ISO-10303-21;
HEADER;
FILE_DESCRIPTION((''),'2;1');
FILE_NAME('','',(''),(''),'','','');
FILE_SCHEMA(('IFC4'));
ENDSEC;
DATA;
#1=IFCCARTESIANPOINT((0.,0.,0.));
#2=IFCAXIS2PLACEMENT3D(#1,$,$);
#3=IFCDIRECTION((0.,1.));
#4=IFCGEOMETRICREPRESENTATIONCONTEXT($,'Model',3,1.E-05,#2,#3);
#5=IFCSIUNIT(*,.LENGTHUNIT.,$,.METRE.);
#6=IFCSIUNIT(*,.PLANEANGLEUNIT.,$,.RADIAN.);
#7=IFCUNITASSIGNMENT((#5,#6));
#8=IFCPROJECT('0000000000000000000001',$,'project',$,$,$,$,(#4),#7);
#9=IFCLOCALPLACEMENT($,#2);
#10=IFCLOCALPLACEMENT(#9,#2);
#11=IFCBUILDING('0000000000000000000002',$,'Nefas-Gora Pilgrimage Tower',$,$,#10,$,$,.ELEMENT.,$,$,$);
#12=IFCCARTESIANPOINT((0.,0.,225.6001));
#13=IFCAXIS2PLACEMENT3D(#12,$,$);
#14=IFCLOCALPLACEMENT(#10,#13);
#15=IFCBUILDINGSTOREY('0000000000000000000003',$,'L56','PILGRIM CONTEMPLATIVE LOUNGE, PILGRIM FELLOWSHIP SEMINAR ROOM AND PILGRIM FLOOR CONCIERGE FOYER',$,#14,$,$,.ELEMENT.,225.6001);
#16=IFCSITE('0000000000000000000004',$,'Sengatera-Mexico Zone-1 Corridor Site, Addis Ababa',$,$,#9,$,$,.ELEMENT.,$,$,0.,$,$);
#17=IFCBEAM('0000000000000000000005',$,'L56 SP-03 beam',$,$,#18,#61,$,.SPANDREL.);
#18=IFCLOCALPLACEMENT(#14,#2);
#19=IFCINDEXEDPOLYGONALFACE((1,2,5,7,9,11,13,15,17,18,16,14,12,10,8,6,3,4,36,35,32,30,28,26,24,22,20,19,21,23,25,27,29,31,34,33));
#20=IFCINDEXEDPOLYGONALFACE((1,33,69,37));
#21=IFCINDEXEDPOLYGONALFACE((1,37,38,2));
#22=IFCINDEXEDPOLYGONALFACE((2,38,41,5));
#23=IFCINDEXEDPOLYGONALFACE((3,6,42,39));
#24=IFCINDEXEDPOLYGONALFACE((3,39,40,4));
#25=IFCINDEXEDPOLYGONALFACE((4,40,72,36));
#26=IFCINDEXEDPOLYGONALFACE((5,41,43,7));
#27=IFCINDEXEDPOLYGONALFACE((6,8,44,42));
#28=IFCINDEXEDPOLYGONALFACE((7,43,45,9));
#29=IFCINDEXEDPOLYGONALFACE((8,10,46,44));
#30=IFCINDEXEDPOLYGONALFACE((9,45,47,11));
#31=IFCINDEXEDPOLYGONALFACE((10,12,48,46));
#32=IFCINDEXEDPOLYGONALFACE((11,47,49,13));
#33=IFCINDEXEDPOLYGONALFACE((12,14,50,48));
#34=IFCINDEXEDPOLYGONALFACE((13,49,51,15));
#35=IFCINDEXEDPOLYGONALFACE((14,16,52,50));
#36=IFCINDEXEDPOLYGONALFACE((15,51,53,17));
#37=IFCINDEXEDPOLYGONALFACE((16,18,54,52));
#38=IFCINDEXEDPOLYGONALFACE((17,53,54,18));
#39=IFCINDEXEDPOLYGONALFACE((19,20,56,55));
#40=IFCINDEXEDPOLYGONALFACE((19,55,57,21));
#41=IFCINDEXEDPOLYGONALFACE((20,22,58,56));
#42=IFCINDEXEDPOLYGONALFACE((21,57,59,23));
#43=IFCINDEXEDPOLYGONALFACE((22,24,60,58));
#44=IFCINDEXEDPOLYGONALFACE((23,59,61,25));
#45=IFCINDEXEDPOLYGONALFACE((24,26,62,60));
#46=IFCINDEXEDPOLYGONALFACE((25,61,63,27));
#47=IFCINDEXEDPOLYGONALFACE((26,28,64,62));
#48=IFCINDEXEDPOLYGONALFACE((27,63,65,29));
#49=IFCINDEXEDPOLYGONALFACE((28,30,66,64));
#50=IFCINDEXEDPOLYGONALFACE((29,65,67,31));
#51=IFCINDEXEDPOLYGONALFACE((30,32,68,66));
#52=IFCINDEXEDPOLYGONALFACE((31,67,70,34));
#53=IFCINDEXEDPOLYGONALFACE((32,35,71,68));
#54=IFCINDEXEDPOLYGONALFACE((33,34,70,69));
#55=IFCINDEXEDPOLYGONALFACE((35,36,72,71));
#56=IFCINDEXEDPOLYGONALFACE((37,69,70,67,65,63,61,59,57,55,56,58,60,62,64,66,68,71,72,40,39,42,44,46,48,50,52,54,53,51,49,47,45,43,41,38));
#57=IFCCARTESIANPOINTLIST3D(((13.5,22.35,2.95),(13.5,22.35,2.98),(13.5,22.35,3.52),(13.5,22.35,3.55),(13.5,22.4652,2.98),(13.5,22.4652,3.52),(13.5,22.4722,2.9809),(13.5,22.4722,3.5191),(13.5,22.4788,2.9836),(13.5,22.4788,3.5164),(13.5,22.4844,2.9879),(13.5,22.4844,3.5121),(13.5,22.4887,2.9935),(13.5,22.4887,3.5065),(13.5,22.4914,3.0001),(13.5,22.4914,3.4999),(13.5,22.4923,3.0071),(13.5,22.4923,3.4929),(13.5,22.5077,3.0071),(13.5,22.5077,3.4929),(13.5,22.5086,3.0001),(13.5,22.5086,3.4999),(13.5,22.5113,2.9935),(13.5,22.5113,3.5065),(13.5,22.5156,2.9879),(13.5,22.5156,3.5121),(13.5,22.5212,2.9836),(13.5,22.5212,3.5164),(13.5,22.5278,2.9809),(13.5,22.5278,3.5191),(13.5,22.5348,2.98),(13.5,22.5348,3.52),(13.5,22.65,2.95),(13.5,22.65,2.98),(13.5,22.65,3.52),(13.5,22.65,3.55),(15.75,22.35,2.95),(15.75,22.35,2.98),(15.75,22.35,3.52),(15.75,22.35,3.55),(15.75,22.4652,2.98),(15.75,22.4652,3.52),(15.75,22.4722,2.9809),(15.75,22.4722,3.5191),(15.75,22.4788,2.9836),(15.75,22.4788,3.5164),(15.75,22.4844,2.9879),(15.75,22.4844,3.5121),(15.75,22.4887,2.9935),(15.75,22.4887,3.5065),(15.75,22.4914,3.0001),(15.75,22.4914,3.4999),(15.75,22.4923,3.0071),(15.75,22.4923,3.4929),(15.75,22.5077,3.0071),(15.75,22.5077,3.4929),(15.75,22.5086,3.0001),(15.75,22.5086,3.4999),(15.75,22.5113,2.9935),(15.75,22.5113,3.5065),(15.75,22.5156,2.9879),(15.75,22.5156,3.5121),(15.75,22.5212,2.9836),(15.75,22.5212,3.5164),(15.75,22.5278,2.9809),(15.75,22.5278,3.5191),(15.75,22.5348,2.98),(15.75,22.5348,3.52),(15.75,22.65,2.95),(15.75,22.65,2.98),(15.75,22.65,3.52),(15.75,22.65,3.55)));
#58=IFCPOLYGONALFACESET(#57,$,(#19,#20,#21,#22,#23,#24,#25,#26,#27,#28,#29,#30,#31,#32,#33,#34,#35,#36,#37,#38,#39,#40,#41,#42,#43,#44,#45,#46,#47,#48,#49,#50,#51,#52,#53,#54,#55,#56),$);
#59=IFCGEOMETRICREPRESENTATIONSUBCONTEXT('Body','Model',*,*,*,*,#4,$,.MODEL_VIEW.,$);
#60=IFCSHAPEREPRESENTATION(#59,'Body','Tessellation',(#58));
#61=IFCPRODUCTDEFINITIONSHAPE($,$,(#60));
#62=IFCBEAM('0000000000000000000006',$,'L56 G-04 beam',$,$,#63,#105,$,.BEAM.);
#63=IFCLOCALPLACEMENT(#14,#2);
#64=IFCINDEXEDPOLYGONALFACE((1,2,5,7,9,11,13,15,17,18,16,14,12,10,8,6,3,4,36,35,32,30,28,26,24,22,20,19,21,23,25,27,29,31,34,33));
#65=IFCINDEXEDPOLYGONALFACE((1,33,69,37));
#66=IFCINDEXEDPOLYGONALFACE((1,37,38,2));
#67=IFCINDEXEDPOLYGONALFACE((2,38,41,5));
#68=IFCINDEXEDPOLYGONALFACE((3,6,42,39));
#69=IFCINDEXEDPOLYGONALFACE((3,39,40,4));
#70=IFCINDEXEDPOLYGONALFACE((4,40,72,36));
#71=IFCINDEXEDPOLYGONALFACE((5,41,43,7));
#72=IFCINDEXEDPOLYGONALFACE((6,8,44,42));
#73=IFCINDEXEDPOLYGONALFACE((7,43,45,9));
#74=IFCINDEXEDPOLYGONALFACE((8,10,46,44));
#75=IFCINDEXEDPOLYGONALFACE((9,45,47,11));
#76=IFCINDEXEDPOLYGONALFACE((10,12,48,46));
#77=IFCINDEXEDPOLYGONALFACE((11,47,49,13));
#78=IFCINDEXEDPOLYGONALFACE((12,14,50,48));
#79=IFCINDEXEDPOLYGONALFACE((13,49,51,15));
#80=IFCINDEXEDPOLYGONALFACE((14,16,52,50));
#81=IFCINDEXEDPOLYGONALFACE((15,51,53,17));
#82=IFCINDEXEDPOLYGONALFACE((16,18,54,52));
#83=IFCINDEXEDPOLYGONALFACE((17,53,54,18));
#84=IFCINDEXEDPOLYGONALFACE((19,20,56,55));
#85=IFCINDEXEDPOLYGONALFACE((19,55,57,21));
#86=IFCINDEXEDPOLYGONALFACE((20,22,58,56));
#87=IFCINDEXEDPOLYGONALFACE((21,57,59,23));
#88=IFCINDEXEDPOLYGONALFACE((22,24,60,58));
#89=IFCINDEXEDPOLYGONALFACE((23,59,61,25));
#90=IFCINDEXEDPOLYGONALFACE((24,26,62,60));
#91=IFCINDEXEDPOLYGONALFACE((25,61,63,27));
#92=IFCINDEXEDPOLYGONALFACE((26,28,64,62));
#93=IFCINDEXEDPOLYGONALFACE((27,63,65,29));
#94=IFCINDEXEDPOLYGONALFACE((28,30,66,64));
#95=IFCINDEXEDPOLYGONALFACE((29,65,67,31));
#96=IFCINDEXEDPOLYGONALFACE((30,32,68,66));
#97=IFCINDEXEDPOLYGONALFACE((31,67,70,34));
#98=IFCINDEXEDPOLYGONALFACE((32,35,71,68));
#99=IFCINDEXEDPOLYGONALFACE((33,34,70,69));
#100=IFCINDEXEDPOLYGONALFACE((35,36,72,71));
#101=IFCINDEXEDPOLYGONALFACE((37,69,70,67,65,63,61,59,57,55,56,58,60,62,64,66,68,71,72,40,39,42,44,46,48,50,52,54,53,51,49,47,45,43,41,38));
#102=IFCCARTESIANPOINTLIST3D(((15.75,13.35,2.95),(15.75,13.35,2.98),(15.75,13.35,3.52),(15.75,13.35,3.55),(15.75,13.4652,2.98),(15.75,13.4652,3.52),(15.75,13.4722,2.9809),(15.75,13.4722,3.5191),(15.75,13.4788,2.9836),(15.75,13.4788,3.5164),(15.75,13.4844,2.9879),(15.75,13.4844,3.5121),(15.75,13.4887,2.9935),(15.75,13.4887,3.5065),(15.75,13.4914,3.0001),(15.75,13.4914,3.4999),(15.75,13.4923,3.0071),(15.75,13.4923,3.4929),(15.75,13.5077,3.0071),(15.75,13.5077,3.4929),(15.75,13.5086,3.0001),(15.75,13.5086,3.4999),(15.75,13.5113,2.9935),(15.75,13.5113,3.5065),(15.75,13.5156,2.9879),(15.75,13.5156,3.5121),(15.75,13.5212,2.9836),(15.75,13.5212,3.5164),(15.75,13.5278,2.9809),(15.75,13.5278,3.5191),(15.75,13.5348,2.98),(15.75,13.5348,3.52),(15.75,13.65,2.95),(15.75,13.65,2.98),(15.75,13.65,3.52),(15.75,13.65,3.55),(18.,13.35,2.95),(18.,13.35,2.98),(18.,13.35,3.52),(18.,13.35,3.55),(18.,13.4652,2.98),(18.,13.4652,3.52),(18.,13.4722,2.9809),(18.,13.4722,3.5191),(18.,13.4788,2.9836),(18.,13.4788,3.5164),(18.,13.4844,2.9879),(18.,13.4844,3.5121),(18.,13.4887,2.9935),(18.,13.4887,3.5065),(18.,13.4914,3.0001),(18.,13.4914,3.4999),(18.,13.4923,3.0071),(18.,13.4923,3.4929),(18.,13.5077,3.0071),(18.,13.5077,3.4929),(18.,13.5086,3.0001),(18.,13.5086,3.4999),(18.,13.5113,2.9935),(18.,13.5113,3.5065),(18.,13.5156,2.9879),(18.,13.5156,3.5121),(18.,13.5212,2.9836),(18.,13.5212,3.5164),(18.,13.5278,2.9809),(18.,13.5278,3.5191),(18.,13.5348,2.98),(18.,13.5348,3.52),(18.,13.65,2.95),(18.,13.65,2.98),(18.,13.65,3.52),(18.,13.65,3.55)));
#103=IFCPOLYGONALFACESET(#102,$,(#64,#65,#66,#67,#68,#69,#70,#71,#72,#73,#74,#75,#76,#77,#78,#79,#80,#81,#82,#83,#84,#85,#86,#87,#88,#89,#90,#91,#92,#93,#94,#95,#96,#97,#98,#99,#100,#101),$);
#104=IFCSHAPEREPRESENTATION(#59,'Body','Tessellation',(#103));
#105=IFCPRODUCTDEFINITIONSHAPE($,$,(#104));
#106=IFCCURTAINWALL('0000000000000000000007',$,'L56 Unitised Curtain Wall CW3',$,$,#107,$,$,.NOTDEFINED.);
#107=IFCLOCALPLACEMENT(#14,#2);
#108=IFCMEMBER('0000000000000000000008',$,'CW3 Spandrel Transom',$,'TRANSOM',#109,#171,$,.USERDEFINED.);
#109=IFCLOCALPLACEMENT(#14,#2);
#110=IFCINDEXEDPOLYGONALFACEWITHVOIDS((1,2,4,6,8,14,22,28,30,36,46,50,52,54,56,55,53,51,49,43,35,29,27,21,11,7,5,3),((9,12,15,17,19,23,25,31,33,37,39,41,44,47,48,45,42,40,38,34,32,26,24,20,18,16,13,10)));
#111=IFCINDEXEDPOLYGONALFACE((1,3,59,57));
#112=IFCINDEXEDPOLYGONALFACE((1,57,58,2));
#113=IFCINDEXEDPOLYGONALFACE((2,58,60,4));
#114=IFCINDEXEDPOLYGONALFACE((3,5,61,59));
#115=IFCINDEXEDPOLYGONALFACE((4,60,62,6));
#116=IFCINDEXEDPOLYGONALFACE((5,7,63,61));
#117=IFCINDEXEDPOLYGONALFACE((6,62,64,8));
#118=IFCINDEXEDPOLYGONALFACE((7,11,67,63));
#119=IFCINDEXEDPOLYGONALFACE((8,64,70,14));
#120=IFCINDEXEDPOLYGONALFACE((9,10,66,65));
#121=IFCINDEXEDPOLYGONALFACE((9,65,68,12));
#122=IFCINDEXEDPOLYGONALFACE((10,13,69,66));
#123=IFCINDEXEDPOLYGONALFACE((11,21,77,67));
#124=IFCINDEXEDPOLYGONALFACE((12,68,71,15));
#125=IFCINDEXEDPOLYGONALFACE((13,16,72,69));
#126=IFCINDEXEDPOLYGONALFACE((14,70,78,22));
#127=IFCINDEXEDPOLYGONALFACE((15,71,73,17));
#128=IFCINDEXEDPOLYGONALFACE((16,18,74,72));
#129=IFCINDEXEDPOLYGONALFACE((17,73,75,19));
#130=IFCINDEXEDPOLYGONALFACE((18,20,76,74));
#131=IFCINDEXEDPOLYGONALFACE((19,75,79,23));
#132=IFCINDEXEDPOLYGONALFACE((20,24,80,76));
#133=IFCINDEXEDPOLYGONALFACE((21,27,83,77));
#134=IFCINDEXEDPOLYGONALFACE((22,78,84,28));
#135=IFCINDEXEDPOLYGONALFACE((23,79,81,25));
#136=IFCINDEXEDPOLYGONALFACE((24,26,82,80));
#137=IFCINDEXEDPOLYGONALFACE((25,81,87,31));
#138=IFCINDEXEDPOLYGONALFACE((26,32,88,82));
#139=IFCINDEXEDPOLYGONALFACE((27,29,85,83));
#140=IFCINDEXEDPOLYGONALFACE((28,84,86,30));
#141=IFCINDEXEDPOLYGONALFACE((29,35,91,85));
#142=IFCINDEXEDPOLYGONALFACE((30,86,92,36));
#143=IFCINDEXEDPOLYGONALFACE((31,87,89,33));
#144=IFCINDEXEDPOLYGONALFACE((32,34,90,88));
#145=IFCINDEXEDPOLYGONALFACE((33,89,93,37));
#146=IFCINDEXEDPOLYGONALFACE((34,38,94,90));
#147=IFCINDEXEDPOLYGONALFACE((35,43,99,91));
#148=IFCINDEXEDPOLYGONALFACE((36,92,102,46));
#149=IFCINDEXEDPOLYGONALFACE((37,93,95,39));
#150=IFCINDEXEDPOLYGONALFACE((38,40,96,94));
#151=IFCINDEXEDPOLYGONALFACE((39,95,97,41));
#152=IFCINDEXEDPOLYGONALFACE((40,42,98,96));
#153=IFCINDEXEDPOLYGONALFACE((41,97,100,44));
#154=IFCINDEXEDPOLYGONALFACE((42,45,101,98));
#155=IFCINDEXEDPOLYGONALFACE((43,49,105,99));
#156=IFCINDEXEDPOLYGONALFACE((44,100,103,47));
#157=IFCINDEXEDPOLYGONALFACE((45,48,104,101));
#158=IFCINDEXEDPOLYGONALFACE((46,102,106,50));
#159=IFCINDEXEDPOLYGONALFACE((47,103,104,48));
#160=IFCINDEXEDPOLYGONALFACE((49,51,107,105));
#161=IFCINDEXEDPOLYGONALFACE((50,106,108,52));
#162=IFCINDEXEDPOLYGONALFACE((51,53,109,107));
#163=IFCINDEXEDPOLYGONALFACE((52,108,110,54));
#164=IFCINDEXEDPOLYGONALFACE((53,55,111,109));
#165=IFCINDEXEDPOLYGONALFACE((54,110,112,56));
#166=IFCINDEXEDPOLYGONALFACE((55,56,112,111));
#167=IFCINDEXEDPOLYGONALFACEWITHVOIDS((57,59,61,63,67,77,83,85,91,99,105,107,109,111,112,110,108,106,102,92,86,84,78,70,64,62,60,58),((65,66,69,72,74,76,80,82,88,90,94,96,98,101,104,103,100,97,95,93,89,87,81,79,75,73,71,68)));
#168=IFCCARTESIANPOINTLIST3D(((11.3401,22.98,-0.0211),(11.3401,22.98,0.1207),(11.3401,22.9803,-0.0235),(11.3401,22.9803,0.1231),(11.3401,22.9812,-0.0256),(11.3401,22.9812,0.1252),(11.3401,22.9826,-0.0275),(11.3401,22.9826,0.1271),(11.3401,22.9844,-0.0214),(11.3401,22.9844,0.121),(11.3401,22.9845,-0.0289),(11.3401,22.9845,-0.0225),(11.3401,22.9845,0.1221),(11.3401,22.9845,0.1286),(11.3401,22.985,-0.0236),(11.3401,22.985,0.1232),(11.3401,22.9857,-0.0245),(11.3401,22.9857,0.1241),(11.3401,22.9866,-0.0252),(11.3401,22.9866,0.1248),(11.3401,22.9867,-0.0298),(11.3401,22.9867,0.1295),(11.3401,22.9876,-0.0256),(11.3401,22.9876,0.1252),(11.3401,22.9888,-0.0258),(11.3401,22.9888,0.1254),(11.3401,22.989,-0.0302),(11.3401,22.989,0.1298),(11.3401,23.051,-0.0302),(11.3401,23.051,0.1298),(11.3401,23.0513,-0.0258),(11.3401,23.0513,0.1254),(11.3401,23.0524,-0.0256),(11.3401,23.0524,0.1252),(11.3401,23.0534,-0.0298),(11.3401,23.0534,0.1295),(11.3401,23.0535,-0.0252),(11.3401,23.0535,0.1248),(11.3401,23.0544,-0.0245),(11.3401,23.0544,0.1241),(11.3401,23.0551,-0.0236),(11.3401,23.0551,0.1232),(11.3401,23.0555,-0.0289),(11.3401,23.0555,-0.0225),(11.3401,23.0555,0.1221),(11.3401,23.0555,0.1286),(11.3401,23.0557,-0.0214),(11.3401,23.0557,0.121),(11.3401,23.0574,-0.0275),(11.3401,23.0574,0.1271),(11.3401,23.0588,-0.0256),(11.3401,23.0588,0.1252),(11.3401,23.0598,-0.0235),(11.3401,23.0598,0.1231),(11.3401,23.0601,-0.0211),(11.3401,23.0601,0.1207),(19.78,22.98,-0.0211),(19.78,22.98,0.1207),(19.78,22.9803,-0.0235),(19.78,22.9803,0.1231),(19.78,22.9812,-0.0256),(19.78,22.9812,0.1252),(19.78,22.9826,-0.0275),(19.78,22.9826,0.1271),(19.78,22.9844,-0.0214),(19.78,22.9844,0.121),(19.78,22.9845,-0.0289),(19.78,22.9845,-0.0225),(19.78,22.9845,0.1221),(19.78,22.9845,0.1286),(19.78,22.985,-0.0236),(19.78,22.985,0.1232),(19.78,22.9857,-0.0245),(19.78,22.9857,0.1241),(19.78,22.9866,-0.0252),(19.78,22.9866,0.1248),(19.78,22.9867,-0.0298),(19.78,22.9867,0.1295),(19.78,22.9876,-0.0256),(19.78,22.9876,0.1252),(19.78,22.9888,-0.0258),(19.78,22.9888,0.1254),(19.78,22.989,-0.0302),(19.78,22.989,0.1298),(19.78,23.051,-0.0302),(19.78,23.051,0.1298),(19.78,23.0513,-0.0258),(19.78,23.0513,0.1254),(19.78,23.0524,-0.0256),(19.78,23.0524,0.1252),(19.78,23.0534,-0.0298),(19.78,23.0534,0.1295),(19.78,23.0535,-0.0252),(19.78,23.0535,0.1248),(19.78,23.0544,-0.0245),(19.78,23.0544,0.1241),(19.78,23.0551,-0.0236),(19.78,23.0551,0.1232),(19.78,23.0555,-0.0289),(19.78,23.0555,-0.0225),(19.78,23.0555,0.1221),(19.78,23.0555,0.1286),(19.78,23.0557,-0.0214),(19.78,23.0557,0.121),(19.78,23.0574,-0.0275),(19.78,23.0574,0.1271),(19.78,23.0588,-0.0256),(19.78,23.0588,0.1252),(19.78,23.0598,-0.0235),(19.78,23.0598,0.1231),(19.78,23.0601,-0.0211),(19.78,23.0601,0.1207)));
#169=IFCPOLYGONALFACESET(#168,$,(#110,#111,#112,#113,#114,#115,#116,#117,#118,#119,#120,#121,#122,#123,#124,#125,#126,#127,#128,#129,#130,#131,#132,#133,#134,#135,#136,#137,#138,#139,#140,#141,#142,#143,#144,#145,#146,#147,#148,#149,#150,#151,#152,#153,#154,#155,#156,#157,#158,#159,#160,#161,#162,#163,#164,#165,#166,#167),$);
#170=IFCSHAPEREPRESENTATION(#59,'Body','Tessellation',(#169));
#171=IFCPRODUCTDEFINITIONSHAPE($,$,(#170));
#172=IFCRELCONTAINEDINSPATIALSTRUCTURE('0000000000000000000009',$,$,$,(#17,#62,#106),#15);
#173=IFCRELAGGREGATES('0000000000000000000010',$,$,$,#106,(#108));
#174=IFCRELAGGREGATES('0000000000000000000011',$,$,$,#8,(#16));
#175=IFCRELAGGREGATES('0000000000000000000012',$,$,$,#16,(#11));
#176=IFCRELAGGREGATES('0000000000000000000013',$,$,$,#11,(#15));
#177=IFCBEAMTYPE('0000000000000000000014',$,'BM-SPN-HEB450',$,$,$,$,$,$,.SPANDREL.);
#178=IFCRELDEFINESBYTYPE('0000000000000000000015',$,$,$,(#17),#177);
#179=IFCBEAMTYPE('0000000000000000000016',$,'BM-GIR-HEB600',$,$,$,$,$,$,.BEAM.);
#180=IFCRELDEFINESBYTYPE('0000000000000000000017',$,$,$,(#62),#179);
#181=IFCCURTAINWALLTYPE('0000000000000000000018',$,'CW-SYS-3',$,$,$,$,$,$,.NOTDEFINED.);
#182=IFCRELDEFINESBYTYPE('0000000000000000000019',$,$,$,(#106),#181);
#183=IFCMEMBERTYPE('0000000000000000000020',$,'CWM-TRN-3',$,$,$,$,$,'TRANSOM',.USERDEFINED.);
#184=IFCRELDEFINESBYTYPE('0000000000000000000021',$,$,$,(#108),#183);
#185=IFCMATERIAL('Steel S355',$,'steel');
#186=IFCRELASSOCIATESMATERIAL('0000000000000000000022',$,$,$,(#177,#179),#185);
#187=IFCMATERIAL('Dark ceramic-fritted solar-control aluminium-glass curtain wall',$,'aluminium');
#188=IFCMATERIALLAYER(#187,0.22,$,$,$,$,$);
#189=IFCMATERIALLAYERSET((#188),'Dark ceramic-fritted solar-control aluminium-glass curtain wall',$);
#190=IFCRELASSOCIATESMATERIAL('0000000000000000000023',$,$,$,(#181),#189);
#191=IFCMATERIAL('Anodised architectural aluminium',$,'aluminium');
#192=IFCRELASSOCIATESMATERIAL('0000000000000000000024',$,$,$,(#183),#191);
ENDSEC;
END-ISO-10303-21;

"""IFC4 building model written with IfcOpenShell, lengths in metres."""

from ifc_helpers import new_model, si_unit, direction, frame, origin, origin_2d, place, context, subcontext, project, spatial, hollow_rectangle, i_section, extrude, source, transform, mapped, material, layer, layer_set, material_profile, profile_set, type_object, element, aggregate, save


model = new_model("IFC4")

# Units and contexts
model_context = context("Model", 3, precision=1e-05, world=origin(), true_north=direction((0.0, 1.0)))
body_context = subcontext(model_context, "Body", "Model", "MODEL_VIEW")
ifc_project = project(units=[si_unit("LENGTHUNIT", "METRE"), si_unit("PLANEANGLEUNIT", "RADIAN")], contexts=[model_context])

# Site, building, storey
site_placement = place(None, origin())
site = spatial("IfcSite", under=ifc_project, at=site_placement, Name="Sengatera-Mexico Zone-1 Corridor Site, Addis Ababa", CompositionType="ELEMENT", RefElevation=0.0)
building_placement = place(site_placement, origin())
building = spatial("IfcBuilding", under=site, at=building_placement, Name="Nefas-Gora Pilgrimage Tower", CompositionType="ELEMENT")
storey_placement = place(building_placement, frame((0.0, 0.0, 225.6001)))
storey = spatial("IfcBuildingStorey", under=building, at=storey_placement, Name="L56", Description="PILGRIM CONTEMPLATIVE LOUNGE, PILGRIM FELLOWSHIP SEMINAR ROOM AND PILGRIM FLOOR CONCIERGE FOYER", CompositionType="ELEMENT", Elevation=225.6001)

# Beams
ifc_material_1 = material(Name="Steel S355", Category="steel")
ifc_material_profile_1 = material_profile(ifc_material_1, i_section(OverallWidth=0.3, OverallDepth=0.6001, WebThickness=0.0154, FlangeThickness=0.03, FilletRadius=0.0271, at=origin_2d()), Name="HEB 600")
ifc_profile_set_1 = profile_set([ifc_material_profile_1], Name="Steel S355")
beam_type_1 = type_object("IfcBeamType", Name="BM-SPN-HEB450", PredefinedType="SPANDREL", material=ifc_profile_set_1)
ifc_material_profile_2 = material_profile(ifc_material_1, i_section(OverallWidth=0.3, OverallDepth=0.6001, WebThickness=0.0154, FlangeThickness=0.03, FilletRadius=0.0271, at=origin_2d()), Name="HEB 600")
ifc_profile_set_2 = profile_set([ifc_material_profile_2], Name="Steel S355")
beam_type_2 = type_object("IfcBeamType", Name="BM-GIR-HEB600", PredefinedType="BEAM", material=ifc_profile_set_2)
shared_shape_1 = source(origin(), body_context, "Body", "SweptSolid", [
    extrude(i_section(OverallWidth=0.3, OverallDepth=0.6001, WebThickness=0.0154, FlangeThickness=0.03, FilletRadius=0.0271, at=origin_2d()), origin(), (0.0, 0.0, 1.0), 2.25),
])
beam_1_placement = place(storey_placement, frame((13.5, 22.5, 3.25), z_axis=(1.0, 0.0, 0.0), x_axis=(0.0, 1.0, 0.0)))
element("IfcBeam", 1, at=beam_1_placement, inside=storey, type_object=beam_type_1, Name="L56 SP-03 beam", PredefinedType="SPANDREL", context=body_context, shape_type="MappedRepresentation", body=[
    mapped(shared_shape_1, transform((0.0, 0.0, 0.0), x_axis=(1.0, 0.0, 0.0), y_axis=(0.0, 1.0, 0.0), z_axis=(0.0, 0.0, 1.0), scale=1.0)),
])
shared_shape_2 = source(origin(), body_context, "Body", "SweptSolid", [
    extrude(i_section(OverallWidth=0.3, OverallDepth=0.6001, WebThickness=0.0154, FlangeThickness=0.03, FilletRadius=0.0271, at=origin_2d()), origin(), (0.0, 0.0, 1.0), 2.25),
])
beam_2_placement = place(storey_placement, frame((15.75, 13.5, 3.25), z_axis=(1.0, 0.0, 0.0), x_axis=(0.0, 1.0, 0.0)))
element("IfcBeam", 2, at=beam_2_placement, inside=storey, type_object=beam_type_2, Name="L56 G-04 beam", PredefinedType="BEAM", context=body_context, shape_type="MappedRepresentation", body=[
    mapped(shared_shape_2, transform((0.0, 0.0, 0.0), x_axis=(1.0, 0.0, 0.0), y_axis=(0.0, 1.0, 0.0), z_axis=(0.0, 0.0, 1.0), scale=1.0)),
])

# Curtain wall, member
ifc_material_2 = material(Name="Dark ceramic-fritted solar-control aluminium-glass curtain wall", Category="aluminium")
ifc_layer_1 = layer(ifc_material_2, 0.22)
ifc_layer_set_1 = layer_set([ifc_layer_1], Name="Dark ceramic-fritted solar-control aluminium-glass curtain wall")
curtain_wall_type = type_object("IfcCurtainWallType", Name="CW-SYS-3", PredefinedType="NOTDEFINED", material=ifc_layer_set_1)
curtain_wall_1_placement = place(storey_placement, origin())
curtain_wall_1 = element("IfcCurtainWall", 3, at=curtain_wall_1_placement, inside=storey, type_object=curtain_wall_type, Name="L56 Unitised Curtain Wall CW3", PredefinedType="NOTDEFINED")
ifc_material_3 = material(Name="Anodised architectural aluminium", Category="aluminium")
ifc_material_profile_3 = material_profile(ifc_material_3, hollow_rectangle(XDim=0.0801, YDim=0.1599, WallThickness=0.0044, InnerFilletRadius=0.0044, OuterFilletRadius=0.009, at=origin_2d()), Name="ALU TRANSOM 80x160")
ifc_profile_set_3 = profile_set([ifc_material_profile_3], Name="Anodised architectural aluminium")
member_type_1 = type_object("IfcMemberType", Name="CWM-TRN-3", ElementType="TRANSOM", PredefinedType="USERDEFINED", material=ifc_profile_set_3)
shared_shape_3 = source(origin(), body_context, "Body", "SweptSolid", [
    extrude(hollow_rectangle(XDim=0.0801, YDim=0.1599, WallThickness=0.0044, InnerFilletRadius=0.0044, OuterFilletRadius=0.009, at=origin_2d()), origin(), (0.0, 0.0, 1.0), 8.4399),
])
member_1_placement = place(storey_placement, frame((19.78, 23.02, 0.0498), z_axis=(-1.0, 0.0, 0.0), x_axis=(0.0, -1.0, 0.0)))
member_1 = element("IfcMember", 4, at=member_1_placement, type_object=member_type_1, Name="CW3 Spandrel Transom", ObjectType="TRANSOM", PredefinedType="USERDEFINED", context=body_context, shape_type="MappedRepresentation", body=[
    mapped(shared_shape_3, transform((0.0, 0.0, 0.0), x_axis=(1.0, 0.0, 0.0), y_axis=(0.0, 1.0, 0.0), z_axis=(0.0, 0.0, 1.0), scale=1.0)),
])

aggregate(curtain_wall_1, [member_1])

save(model, "model.ifc")
